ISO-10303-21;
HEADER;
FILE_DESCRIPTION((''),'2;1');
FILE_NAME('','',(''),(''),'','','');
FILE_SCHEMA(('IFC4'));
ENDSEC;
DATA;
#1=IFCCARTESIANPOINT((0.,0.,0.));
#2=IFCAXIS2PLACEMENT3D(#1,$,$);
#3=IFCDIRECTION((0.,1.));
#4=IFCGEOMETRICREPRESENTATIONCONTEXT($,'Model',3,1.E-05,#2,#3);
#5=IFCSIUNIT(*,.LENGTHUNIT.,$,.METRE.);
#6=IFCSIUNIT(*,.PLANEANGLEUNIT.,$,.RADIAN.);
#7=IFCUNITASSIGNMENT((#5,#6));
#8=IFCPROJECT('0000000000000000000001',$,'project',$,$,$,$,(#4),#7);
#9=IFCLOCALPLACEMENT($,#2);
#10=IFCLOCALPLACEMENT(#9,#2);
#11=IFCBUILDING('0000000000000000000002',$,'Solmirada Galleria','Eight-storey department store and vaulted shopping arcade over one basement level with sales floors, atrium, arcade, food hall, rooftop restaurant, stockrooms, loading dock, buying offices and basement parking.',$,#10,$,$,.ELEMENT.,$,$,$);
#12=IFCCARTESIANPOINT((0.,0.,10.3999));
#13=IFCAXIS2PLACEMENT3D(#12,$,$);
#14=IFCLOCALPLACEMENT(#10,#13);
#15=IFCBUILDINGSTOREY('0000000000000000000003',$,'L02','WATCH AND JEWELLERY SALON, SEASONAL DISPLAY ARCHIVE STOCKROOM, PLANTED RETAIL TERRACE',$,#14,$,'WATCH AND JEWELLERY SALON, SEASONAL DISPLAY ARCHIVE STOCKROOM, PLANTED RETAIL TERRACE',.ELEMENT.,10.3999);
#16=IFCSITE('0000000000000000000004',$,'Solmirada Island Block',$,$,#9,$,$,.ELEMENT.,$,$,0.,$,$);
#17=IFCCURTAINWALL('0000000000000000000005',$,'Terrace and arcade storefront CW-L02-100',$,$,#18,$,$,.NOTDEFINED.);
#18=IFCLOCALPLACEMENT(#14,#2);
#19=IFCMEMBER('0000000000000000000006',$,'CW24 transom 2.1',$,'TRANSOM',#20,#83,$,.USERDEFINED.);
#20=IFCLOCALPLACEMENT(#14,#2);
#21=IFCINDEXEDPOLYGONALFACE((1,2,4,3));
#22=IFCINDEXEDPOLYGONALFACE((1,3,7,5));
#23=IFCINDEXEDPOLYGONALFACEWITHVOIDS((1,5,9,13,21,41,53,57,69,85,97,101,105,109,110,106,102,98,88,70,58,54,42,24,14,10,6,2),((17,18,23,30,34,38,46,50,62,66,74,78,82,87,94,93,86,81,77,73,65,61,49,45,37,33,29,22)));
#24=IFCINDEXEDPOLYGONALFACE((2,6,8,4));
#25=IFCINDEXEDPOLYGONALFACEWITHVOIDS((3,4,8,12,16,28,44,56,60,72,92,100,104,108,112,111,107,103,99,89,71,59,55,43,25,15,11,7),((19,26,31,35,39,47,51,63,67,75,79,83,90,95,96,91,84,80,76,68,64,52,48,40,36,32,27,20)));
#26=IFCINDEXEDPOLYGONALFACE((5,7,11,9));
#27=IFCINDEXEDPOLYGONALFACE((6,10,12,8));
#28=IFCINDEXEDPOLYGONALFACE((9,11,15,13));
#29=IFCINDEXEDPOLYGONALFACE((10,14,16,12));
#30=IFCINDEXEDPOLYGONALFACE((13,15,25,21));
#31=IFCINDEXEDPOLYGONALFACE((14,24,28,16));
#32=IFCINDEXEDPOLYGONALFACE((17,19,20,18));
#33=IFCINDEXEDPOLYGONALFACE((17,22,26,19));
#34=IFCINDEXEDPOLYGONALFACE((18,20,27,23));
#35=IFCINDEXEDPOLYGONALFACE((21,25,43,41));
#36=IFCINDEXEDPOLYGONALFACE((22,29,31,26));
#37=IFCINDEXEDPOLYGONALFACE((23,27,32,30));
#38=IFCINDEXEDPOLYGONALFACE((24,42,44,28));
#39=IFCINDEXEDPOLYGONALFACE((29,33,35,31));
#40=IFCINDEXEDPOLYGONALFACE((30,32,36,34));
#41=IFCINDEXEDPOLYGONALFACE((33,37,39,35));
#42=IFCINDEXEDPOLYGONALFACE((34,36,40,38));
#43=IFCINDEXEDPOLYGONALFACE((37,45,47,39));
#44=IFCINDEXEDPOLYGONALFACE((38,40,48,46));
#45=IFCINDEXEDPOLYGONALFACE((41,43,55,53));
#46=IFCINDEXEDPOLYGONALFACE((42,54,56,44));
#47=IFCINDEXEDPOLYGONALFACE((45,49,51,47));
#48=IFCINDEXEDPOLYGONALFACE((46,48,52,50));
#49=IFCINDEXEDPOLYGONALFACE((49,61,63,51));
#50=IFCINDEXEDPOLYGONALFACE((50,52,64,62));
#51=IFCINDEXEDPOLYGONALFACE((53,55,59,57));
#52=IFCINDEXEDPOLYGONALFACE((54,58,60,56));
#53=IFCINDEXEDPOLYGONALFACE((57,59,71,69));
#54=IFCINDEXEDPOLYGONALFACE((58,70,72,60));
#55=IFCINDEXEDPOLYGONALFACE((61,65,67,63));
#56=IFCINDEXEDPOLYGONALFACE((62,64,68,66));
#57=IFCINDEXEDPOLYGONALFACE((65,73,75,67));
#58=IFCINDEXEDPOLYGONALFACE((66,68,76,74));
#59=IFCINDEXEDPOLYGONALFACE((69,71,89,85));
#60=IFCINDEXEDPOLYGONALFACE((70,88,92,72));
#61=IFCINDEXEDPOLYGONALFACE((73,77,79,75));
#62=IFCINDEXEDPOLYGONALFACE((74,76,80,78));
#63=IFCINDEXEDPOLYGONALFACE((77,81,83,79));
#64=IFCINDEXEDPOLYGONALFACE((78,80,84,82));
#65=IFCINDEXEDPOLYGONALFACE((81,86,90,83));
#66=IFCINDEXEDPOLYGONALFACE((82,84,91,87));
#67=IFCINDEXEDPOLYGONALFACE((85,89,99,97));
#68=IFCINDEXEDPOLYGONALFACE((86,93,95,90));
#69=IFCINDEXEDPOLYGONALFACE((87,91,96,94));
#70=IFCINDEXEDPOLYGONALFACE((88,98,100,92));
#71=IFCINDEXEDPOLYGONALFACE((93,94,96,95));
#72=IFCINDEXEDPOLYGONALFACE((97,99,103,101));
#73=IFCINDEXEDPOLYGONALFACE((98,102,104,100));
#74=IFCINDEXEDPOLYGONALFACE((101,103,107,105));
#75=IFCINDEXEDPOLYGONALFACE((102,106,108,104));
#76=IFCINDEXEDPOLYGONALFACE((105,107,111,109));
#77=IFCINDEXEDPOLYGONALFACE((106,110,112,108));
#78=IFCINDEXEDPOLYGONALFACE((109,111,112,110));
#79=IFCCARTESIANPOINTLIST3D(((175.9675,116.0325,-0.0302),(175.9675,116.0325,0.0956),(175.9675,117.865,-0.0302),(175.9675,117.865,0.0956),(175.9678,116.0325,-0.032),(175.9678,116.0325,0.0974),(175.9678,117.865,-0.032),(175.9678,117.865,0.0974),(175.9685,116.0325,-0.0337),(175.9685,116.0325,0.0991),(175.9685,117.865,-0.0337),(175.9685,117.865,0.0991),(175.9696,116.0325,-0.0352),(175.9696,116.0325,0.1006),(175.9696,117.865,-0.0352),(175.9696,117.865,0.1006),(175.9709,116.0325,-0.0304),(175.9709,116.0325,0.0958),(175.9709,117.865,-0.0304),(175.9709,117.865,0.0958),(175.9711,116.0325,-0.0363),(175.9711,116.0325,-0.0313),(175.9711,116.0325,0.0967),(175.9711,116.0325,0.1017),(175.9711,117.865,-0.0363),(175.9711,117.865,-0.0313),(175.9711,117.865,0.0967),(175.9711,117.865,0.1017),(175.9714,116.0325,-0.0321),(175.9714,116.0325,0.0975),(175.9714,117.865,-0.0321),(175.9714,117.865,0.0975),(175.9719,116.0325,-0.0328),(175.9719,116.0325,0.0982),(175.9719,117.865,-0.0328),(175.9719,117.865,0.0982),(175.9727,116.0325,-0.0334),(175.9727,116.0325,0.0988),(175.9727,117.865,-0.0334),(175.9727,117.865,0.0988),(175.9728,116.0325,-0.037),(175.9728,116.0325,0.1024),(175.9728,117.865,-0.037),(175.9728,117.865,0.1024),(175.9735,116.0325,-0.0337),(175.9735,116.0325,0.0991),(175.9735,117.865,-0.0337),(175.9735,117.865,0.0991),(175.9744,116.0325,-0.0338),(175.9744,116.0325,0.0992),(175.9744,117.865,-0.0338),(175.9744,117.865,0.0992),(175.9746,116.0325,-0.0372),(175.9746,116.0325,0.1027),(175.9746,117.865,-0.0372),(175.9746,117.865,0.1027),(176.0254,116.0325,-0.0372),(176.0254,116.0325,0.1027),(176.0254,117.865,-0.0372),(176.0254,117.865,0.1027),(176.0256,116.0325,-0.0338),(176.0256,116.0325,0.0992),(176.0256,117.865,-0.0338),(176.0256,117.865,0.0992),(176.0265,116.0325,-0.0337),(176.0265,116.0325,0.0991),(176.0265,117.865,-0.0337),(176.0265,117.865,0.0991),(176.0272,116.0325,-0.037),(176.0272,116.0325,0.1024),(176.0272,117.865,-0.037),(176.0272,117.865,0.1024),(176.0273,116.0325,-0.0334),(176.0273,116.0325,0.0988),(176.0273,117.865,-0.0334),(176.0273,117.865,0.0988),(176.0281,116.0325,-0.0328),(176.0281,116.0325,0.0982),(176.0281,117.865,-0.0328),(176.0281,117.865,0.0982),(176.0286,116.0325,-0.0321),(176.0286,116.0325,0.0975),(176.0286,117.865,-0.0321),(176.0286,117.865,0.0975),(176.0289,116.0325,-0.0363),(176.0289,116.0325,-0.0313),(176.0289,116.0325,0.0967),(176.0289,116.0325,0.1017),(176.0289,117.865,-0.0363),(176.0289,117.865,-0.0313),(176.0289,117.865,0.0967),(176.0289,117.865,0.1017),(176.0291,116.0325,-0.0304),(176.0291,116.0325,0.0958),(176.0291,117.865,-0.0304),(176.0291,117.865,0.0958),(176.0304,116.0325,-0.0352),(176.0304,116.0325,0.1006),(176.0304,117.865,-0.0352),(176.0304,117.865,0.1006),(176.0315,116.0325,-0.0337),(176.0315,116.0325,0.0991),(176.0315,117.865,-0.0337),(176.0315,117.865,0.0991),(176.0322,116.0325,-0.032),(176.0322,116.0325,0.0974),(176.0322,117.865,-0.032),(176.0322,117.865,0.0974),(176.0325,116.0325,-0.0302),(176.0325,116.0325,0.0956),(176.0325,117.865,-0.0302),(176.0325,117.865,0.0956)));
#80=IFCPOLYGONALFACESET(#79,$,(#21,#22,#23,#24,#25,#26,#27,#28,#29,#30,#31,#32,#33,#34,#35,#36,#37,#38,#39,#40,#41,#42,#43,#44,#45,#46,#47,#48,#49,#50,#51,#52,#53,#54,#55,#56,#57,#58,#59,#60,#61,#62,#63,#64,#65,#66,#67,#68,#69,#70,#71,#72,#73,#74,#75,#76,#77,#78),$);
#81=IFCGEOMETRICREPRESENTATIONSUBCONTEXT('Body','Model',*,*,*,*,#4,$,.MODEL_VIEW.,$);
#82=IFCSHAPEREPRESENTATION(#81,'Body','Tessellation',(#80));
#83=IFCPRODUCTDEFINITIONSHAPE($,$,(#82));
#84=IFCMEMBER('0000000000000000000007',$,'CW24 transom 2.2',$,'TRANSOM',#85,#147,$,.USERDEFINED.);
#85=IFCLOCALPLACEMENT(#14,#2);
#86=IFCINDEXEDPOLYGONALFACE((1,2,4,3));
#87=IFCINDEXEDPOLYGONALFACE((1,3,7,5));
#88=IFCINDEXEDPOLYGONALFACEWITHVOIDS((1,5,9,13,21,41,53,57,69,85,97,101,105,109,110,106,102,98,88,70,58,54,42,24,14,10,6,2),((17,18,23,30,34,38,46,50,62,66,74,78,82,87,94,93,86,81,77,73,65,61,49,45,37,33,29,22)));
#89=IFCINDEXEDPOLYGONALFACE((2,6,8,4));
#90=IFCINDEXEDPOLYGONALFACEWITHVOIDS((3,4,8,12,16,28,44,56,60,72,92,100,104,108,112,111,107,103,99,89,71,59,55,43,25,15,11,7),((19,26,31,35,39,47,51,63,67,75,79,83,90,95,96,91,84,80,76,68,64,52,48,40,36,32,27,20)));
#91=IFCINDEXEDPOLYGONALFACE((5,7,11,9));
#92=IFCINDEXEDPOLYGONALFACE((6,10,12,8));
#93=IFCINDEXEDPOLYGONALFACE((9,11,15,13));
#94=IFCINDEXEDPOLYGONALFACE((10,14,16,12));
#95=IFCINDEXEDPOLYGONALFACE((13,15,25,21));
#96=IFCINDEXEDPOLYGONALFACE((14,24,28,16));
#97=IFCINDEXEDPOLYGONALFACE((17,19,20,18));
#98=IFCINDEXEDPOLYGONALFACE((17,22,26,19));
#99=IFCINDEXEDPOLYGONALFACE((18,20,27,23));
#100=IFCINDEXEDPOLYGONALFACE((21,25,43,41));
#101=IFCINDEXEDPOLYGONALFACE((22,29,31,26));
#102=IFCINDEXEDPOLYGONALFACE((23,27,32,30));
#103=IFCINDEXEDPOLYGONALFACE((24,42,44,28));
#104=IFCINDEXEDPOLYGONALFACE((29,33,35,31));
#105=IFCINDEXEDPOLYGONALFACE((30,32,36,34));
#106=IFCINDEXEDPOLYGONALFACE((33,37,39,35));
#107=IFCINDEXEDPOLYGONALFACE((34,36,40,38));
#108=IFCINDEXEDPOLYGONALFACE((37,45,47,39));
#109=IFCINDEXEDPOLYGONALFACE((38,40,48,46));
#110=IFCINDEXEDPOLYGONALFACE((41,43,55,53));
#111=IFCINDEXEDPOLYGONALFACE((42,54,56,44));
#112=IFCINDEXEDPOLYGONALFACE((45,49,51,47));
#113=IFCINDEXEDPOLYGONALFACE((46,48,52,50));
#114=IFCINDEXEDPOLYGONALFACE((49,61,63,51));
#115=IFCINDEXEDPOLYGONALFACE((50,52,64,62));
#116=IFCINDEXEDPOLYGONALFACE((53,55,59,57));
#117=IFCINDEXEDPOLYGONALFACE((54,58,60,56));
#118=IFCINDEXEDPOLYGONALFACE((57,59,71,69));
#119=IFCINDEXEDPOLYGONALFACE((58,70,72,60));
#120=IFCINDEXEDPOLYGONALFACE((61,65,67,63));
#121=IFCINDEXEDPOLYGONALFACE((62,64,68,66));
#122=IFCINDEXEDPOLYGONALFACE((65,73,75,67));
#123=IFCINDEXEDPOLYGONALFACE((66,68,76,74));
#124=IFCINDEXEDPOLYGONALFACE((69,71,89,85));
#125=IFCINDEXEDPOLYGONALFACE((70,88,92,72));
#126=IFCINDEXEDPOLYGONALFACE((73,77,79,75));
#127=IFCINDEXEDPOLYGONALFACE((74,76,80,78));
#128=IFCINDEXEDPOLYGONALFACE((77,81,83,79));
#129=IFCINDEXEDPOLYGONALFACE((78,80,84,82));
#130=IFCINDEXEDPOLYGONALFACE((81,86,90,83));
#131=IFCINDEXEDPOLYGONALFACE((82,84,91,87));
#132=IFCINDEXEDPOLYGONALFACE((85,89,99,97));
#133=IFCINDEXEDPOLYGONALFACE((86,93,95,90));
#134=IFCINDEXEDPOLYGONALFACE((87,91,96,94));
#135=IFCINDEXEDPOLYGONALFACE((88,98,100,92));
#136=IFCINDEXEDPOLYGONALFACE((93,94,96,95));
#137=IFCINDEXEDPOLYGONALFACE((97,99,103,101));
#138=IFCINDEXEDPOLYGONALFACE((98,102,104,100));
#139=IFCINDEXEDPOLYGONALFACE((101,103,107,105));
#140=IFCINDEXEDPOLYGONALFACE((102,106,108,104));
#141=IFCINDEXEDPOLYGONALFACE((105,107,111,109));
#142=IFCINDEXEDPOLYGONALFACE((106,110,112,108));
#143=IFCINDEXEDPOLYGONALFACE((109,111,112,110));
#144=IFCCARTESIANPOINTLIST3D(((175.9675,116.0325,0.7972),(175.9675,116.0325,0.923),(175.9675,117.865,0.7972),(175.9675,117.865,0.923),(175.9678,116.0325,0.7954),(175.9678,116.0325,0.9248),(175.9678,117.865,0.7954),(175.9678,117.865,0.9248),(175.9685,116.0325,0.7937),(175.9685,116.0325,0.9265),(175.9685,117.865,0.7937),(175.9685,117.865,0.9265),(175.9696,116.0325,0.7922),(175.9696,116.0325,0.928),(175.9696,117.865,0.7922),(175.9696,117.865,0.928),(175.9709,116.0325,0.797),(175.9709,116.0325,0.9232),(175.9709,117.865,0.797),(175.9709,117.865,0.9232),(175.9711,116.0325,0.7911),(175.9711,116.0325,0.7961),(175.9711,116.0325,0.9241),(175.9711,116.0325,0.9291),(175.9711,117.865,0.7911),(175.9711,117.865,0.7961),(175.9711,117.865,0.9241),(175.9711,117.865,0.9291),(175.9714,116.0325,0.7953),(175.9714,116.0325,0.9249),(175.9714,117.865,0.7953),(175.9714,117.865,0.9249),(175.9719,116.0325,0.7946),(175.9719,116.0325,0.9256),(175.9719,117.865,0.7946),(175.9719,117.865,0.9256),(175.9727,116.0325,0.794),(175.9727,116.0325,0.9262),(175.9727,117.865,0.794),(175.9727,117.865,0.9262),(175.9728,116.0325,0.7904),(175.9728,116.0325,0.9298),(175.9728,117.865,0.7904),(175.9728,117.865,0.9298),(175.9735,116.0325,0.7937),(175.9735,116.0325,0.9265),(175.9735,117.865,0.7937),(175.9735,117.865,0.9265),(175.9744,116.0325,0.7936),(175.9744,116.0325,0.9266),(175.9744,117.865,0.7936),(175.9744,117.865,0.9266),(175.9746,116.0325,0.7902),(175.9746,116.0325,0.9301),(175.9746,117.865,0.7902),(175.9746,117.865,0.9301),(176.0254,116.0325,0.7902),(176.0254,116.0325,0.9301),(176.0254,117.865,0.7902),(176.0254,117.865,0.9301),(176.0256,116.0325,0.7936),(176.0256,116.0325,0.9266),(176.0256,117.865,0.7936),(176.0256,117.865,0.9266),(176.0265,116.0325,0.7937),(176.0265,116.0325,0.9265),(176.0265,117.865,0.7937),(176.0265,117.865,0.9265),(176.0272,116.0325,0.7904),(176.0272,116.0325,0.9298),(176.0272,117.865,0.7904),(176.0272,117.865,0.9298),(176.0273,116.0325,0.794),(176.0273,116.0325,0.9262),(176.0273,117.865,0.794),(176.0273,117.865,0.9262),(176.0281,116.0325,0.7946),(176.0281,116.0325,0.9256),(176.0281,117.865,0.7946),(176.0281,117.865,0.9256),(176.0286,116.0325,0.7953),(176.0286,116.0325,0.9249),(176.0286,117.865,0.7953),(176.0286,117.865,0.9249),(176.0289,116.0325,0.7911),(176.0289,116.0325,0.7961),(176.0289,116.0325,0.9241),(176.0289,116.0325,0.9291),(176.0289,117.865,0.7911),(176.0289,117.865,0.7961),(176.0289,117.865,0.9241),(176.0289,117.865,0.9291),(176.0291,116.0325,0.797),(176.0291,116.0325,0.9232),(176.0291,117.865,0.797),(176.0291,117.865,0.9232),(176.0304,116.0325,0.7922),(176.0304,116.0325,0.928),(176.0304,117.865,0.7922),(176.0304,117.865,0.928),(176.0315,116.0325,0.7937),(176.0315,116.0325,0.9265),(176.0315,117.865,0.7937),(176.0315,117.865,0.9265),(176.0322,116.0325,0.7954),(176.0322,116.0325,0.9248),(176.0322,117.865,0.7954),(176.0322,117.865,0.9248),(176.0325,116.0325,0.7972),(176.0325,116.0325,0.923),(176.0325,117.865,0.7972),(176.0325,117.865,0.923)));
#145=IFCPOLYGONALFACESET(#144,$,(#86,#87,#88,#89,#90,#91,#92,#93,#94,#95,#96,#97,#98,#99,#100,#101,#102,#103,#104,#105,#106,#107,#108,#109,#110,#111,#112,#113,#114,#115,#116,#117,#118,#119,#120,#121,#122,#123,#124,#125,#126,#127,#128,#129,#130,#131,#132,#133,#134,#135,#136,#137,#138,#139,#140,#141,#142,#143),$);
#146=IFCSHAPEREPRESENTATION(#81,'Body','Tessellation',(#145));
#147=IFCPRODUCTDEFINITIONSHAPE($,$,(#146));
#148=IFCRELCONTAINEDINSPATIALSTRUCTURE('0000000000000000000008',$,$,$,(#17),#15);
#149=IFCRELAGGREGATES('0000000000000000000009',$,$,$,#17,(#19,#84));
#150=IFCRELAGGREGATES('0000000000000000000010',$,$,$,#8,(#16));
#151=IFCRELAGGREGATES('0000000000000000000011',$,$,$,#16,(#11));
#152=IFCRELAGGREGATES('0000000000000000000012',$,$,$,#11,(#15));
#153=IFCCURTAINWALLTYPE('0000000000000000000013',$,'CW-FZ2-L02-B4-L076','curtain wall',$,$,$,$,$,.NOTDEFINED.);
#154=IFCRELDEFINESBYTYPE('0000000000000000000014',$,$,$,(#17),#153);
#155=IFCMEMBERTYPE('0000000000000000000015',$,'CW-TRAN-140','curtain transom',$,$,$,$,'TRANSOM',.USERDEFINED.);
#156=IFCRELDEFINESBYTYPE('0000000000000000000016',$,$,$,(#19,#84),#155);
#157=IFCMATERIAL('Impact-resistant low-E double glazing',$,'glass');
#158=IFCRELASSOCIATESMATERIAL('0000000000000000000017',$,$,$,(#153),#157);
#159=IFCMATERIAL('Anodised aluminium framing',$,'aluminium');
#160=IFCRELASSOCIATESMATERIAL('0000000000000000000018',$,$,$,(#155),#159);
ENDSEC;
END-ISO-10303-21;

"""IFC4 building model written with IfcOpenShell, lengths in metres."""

from ifc_helpers import new_model, si_unit, direction, frame, origin, origin_2d, place, context, subcontext, project, spatial, hollow_rectangle, extrude, material, material_profile, profile_set, type_object, element, aggregate, save


model = new_model("IFC4")

# Units and contexts
model_context = context("Model", 3, precision=1e-05, world=origin(), true_north=direction((0.0, 1.0)))
body_context = subcontext(model_context, "Body", "Model", "MODEL_VIEW")
ifc_project = project(units=[si_unit("LENGTHUNIT", "METRE"), si_unit("PLANEANGLEUNIT", "RADIAN")], contexts=[model_context])

# Site, building, storey
site_placement = place(None, origin())
site = spatial("IfcSite", under=ifc_project, at=site_placement, Name="Solmirada Island Block", CompositionType="ELEMENT", RefElevation=0.0)
building_placement = place(site_placement, origin())
building = spatial("IfcBuilding", under=site, at=building_placement, Name="Solmirada Galleria", Description="Eight-storey department store and vaulted shopping arcade over one basement level with sales floors, atrium, arcade, food hall, rooftop restaurant, stockrooms, loading dock, buying offices and basement parking.", CompositionType="ELEMENT")
storey_placement = place(building_placement, frame((0.0, 0.0, 10.3999)))
storey = spatial("IfcBuildingStorey", under=building, at=storey_placement, Name="L02", Description="WATCH AND JEWELLERY SALON, SEASONAL DISPLAY ARCHIVE STOCKROOM, PLANTED RETAIL TERRACE", LongName="WATCH AND JEWELLERY SALON, SEASONAL DISPLAY ARCHIVE STOCKROOM, PLANTED RETAIL TERRACE", CompositionType="ELEMENT", Elevation=10.3999)

# Curtain wall, members
ifc_material_1 = material(Name="Impact-resistant low-E double glazing", Category="glass")
curtain_wall_type = type_object("IfcCurtainWallType", Name="CW-FZ2-L02-B4-L076", Description="curtain wall", PredefinedType="NOTDEFINED", material=ifc_material_1)
curtain_wall_placement = place(storey_placement, origin())
curtain_wall = element("IfcCurtainWall", 1, at=curtain_wall_placement, inside=storey, type_object=curtain_wall_type, Name="Terrace and arcade storefront CW-L02-100", PredefinedType="NOTDEFINED")
ifc_material_2 = material(Name="Anodised aluminium framing", Category="aluminium")
ifc_material_profile_1 = material_profile(ifc_material_2, hollow_rectangle(XDim=0.0649, YDim=0.1399, WallThickness=0.0034, InnerFilletRadius=0.0034, OuterFilletRadius=0.0071, at=origin_2d()), Name="ALU-TRAN-140X65")
ifc_profile_set_1 = profile_set([ifc_material_profile_1], Name="Anodised aluminium framing")
member_type_1 = type_object("IfcMemberType", Name="CW-TRAN-140", Description="curtain transom", ElementType="TRANSOM", PredefinedType="USERDEFINED", material=ifc_profile_set_1)
member_1_placement = place(storey_placement, frame((176.0, 117.865, 0.0327), z_axis=(0.0, -1.0, 0.0), x_axis=(1.0, 0.0, 0.0)))
member_1 = element("IfcMember", 2, at=member_1_placement, type_object=member_type_1, Name="CW24 transom 2.1", ObjectType="TRANSOM", PredefinedType="USERDEFINED", context=body_context, shape_type="SweptSolid", body=[
    extrude(hollow_rectangle(XDim=0.0649, YDim=0.1399, WallThickness=0.0034, InnerFilletRadius=0.0034, OuterFilletRadius=0.0071, at=origin_2d()), origin(), (0.0, 0.0, 1.0), 1.8325),
])
member_2_placement = place(storey_placement, frame((176.0, 117.865, 0.8601), z_axis=(0.0, -1.0, 0.0), x_axis=(1.0, 0.0, 0.0)))
member_2 = element("IfcMember", 3, at=member_2_placement, type_object=member_type_1, Name="CW24 transom 2.2", ObjectType="TRANSOM", PredefinedType="USERDEFINED", context=body_context, shape_type="SweptSolid", body=[
    extrude(hollow_rectangle(XDim=0.0649, YDim=0.1399, WallThickness=0.0034, InnerFilletRadius=0.0034, OuterFilletRadius=0.0071, at=origin_2d()), origin(), (0.0, 0.0, 1.0), 1.8325),
])
aggregate(curtain_wall, [member_1, member_2])

save(model, "model.ifc")
